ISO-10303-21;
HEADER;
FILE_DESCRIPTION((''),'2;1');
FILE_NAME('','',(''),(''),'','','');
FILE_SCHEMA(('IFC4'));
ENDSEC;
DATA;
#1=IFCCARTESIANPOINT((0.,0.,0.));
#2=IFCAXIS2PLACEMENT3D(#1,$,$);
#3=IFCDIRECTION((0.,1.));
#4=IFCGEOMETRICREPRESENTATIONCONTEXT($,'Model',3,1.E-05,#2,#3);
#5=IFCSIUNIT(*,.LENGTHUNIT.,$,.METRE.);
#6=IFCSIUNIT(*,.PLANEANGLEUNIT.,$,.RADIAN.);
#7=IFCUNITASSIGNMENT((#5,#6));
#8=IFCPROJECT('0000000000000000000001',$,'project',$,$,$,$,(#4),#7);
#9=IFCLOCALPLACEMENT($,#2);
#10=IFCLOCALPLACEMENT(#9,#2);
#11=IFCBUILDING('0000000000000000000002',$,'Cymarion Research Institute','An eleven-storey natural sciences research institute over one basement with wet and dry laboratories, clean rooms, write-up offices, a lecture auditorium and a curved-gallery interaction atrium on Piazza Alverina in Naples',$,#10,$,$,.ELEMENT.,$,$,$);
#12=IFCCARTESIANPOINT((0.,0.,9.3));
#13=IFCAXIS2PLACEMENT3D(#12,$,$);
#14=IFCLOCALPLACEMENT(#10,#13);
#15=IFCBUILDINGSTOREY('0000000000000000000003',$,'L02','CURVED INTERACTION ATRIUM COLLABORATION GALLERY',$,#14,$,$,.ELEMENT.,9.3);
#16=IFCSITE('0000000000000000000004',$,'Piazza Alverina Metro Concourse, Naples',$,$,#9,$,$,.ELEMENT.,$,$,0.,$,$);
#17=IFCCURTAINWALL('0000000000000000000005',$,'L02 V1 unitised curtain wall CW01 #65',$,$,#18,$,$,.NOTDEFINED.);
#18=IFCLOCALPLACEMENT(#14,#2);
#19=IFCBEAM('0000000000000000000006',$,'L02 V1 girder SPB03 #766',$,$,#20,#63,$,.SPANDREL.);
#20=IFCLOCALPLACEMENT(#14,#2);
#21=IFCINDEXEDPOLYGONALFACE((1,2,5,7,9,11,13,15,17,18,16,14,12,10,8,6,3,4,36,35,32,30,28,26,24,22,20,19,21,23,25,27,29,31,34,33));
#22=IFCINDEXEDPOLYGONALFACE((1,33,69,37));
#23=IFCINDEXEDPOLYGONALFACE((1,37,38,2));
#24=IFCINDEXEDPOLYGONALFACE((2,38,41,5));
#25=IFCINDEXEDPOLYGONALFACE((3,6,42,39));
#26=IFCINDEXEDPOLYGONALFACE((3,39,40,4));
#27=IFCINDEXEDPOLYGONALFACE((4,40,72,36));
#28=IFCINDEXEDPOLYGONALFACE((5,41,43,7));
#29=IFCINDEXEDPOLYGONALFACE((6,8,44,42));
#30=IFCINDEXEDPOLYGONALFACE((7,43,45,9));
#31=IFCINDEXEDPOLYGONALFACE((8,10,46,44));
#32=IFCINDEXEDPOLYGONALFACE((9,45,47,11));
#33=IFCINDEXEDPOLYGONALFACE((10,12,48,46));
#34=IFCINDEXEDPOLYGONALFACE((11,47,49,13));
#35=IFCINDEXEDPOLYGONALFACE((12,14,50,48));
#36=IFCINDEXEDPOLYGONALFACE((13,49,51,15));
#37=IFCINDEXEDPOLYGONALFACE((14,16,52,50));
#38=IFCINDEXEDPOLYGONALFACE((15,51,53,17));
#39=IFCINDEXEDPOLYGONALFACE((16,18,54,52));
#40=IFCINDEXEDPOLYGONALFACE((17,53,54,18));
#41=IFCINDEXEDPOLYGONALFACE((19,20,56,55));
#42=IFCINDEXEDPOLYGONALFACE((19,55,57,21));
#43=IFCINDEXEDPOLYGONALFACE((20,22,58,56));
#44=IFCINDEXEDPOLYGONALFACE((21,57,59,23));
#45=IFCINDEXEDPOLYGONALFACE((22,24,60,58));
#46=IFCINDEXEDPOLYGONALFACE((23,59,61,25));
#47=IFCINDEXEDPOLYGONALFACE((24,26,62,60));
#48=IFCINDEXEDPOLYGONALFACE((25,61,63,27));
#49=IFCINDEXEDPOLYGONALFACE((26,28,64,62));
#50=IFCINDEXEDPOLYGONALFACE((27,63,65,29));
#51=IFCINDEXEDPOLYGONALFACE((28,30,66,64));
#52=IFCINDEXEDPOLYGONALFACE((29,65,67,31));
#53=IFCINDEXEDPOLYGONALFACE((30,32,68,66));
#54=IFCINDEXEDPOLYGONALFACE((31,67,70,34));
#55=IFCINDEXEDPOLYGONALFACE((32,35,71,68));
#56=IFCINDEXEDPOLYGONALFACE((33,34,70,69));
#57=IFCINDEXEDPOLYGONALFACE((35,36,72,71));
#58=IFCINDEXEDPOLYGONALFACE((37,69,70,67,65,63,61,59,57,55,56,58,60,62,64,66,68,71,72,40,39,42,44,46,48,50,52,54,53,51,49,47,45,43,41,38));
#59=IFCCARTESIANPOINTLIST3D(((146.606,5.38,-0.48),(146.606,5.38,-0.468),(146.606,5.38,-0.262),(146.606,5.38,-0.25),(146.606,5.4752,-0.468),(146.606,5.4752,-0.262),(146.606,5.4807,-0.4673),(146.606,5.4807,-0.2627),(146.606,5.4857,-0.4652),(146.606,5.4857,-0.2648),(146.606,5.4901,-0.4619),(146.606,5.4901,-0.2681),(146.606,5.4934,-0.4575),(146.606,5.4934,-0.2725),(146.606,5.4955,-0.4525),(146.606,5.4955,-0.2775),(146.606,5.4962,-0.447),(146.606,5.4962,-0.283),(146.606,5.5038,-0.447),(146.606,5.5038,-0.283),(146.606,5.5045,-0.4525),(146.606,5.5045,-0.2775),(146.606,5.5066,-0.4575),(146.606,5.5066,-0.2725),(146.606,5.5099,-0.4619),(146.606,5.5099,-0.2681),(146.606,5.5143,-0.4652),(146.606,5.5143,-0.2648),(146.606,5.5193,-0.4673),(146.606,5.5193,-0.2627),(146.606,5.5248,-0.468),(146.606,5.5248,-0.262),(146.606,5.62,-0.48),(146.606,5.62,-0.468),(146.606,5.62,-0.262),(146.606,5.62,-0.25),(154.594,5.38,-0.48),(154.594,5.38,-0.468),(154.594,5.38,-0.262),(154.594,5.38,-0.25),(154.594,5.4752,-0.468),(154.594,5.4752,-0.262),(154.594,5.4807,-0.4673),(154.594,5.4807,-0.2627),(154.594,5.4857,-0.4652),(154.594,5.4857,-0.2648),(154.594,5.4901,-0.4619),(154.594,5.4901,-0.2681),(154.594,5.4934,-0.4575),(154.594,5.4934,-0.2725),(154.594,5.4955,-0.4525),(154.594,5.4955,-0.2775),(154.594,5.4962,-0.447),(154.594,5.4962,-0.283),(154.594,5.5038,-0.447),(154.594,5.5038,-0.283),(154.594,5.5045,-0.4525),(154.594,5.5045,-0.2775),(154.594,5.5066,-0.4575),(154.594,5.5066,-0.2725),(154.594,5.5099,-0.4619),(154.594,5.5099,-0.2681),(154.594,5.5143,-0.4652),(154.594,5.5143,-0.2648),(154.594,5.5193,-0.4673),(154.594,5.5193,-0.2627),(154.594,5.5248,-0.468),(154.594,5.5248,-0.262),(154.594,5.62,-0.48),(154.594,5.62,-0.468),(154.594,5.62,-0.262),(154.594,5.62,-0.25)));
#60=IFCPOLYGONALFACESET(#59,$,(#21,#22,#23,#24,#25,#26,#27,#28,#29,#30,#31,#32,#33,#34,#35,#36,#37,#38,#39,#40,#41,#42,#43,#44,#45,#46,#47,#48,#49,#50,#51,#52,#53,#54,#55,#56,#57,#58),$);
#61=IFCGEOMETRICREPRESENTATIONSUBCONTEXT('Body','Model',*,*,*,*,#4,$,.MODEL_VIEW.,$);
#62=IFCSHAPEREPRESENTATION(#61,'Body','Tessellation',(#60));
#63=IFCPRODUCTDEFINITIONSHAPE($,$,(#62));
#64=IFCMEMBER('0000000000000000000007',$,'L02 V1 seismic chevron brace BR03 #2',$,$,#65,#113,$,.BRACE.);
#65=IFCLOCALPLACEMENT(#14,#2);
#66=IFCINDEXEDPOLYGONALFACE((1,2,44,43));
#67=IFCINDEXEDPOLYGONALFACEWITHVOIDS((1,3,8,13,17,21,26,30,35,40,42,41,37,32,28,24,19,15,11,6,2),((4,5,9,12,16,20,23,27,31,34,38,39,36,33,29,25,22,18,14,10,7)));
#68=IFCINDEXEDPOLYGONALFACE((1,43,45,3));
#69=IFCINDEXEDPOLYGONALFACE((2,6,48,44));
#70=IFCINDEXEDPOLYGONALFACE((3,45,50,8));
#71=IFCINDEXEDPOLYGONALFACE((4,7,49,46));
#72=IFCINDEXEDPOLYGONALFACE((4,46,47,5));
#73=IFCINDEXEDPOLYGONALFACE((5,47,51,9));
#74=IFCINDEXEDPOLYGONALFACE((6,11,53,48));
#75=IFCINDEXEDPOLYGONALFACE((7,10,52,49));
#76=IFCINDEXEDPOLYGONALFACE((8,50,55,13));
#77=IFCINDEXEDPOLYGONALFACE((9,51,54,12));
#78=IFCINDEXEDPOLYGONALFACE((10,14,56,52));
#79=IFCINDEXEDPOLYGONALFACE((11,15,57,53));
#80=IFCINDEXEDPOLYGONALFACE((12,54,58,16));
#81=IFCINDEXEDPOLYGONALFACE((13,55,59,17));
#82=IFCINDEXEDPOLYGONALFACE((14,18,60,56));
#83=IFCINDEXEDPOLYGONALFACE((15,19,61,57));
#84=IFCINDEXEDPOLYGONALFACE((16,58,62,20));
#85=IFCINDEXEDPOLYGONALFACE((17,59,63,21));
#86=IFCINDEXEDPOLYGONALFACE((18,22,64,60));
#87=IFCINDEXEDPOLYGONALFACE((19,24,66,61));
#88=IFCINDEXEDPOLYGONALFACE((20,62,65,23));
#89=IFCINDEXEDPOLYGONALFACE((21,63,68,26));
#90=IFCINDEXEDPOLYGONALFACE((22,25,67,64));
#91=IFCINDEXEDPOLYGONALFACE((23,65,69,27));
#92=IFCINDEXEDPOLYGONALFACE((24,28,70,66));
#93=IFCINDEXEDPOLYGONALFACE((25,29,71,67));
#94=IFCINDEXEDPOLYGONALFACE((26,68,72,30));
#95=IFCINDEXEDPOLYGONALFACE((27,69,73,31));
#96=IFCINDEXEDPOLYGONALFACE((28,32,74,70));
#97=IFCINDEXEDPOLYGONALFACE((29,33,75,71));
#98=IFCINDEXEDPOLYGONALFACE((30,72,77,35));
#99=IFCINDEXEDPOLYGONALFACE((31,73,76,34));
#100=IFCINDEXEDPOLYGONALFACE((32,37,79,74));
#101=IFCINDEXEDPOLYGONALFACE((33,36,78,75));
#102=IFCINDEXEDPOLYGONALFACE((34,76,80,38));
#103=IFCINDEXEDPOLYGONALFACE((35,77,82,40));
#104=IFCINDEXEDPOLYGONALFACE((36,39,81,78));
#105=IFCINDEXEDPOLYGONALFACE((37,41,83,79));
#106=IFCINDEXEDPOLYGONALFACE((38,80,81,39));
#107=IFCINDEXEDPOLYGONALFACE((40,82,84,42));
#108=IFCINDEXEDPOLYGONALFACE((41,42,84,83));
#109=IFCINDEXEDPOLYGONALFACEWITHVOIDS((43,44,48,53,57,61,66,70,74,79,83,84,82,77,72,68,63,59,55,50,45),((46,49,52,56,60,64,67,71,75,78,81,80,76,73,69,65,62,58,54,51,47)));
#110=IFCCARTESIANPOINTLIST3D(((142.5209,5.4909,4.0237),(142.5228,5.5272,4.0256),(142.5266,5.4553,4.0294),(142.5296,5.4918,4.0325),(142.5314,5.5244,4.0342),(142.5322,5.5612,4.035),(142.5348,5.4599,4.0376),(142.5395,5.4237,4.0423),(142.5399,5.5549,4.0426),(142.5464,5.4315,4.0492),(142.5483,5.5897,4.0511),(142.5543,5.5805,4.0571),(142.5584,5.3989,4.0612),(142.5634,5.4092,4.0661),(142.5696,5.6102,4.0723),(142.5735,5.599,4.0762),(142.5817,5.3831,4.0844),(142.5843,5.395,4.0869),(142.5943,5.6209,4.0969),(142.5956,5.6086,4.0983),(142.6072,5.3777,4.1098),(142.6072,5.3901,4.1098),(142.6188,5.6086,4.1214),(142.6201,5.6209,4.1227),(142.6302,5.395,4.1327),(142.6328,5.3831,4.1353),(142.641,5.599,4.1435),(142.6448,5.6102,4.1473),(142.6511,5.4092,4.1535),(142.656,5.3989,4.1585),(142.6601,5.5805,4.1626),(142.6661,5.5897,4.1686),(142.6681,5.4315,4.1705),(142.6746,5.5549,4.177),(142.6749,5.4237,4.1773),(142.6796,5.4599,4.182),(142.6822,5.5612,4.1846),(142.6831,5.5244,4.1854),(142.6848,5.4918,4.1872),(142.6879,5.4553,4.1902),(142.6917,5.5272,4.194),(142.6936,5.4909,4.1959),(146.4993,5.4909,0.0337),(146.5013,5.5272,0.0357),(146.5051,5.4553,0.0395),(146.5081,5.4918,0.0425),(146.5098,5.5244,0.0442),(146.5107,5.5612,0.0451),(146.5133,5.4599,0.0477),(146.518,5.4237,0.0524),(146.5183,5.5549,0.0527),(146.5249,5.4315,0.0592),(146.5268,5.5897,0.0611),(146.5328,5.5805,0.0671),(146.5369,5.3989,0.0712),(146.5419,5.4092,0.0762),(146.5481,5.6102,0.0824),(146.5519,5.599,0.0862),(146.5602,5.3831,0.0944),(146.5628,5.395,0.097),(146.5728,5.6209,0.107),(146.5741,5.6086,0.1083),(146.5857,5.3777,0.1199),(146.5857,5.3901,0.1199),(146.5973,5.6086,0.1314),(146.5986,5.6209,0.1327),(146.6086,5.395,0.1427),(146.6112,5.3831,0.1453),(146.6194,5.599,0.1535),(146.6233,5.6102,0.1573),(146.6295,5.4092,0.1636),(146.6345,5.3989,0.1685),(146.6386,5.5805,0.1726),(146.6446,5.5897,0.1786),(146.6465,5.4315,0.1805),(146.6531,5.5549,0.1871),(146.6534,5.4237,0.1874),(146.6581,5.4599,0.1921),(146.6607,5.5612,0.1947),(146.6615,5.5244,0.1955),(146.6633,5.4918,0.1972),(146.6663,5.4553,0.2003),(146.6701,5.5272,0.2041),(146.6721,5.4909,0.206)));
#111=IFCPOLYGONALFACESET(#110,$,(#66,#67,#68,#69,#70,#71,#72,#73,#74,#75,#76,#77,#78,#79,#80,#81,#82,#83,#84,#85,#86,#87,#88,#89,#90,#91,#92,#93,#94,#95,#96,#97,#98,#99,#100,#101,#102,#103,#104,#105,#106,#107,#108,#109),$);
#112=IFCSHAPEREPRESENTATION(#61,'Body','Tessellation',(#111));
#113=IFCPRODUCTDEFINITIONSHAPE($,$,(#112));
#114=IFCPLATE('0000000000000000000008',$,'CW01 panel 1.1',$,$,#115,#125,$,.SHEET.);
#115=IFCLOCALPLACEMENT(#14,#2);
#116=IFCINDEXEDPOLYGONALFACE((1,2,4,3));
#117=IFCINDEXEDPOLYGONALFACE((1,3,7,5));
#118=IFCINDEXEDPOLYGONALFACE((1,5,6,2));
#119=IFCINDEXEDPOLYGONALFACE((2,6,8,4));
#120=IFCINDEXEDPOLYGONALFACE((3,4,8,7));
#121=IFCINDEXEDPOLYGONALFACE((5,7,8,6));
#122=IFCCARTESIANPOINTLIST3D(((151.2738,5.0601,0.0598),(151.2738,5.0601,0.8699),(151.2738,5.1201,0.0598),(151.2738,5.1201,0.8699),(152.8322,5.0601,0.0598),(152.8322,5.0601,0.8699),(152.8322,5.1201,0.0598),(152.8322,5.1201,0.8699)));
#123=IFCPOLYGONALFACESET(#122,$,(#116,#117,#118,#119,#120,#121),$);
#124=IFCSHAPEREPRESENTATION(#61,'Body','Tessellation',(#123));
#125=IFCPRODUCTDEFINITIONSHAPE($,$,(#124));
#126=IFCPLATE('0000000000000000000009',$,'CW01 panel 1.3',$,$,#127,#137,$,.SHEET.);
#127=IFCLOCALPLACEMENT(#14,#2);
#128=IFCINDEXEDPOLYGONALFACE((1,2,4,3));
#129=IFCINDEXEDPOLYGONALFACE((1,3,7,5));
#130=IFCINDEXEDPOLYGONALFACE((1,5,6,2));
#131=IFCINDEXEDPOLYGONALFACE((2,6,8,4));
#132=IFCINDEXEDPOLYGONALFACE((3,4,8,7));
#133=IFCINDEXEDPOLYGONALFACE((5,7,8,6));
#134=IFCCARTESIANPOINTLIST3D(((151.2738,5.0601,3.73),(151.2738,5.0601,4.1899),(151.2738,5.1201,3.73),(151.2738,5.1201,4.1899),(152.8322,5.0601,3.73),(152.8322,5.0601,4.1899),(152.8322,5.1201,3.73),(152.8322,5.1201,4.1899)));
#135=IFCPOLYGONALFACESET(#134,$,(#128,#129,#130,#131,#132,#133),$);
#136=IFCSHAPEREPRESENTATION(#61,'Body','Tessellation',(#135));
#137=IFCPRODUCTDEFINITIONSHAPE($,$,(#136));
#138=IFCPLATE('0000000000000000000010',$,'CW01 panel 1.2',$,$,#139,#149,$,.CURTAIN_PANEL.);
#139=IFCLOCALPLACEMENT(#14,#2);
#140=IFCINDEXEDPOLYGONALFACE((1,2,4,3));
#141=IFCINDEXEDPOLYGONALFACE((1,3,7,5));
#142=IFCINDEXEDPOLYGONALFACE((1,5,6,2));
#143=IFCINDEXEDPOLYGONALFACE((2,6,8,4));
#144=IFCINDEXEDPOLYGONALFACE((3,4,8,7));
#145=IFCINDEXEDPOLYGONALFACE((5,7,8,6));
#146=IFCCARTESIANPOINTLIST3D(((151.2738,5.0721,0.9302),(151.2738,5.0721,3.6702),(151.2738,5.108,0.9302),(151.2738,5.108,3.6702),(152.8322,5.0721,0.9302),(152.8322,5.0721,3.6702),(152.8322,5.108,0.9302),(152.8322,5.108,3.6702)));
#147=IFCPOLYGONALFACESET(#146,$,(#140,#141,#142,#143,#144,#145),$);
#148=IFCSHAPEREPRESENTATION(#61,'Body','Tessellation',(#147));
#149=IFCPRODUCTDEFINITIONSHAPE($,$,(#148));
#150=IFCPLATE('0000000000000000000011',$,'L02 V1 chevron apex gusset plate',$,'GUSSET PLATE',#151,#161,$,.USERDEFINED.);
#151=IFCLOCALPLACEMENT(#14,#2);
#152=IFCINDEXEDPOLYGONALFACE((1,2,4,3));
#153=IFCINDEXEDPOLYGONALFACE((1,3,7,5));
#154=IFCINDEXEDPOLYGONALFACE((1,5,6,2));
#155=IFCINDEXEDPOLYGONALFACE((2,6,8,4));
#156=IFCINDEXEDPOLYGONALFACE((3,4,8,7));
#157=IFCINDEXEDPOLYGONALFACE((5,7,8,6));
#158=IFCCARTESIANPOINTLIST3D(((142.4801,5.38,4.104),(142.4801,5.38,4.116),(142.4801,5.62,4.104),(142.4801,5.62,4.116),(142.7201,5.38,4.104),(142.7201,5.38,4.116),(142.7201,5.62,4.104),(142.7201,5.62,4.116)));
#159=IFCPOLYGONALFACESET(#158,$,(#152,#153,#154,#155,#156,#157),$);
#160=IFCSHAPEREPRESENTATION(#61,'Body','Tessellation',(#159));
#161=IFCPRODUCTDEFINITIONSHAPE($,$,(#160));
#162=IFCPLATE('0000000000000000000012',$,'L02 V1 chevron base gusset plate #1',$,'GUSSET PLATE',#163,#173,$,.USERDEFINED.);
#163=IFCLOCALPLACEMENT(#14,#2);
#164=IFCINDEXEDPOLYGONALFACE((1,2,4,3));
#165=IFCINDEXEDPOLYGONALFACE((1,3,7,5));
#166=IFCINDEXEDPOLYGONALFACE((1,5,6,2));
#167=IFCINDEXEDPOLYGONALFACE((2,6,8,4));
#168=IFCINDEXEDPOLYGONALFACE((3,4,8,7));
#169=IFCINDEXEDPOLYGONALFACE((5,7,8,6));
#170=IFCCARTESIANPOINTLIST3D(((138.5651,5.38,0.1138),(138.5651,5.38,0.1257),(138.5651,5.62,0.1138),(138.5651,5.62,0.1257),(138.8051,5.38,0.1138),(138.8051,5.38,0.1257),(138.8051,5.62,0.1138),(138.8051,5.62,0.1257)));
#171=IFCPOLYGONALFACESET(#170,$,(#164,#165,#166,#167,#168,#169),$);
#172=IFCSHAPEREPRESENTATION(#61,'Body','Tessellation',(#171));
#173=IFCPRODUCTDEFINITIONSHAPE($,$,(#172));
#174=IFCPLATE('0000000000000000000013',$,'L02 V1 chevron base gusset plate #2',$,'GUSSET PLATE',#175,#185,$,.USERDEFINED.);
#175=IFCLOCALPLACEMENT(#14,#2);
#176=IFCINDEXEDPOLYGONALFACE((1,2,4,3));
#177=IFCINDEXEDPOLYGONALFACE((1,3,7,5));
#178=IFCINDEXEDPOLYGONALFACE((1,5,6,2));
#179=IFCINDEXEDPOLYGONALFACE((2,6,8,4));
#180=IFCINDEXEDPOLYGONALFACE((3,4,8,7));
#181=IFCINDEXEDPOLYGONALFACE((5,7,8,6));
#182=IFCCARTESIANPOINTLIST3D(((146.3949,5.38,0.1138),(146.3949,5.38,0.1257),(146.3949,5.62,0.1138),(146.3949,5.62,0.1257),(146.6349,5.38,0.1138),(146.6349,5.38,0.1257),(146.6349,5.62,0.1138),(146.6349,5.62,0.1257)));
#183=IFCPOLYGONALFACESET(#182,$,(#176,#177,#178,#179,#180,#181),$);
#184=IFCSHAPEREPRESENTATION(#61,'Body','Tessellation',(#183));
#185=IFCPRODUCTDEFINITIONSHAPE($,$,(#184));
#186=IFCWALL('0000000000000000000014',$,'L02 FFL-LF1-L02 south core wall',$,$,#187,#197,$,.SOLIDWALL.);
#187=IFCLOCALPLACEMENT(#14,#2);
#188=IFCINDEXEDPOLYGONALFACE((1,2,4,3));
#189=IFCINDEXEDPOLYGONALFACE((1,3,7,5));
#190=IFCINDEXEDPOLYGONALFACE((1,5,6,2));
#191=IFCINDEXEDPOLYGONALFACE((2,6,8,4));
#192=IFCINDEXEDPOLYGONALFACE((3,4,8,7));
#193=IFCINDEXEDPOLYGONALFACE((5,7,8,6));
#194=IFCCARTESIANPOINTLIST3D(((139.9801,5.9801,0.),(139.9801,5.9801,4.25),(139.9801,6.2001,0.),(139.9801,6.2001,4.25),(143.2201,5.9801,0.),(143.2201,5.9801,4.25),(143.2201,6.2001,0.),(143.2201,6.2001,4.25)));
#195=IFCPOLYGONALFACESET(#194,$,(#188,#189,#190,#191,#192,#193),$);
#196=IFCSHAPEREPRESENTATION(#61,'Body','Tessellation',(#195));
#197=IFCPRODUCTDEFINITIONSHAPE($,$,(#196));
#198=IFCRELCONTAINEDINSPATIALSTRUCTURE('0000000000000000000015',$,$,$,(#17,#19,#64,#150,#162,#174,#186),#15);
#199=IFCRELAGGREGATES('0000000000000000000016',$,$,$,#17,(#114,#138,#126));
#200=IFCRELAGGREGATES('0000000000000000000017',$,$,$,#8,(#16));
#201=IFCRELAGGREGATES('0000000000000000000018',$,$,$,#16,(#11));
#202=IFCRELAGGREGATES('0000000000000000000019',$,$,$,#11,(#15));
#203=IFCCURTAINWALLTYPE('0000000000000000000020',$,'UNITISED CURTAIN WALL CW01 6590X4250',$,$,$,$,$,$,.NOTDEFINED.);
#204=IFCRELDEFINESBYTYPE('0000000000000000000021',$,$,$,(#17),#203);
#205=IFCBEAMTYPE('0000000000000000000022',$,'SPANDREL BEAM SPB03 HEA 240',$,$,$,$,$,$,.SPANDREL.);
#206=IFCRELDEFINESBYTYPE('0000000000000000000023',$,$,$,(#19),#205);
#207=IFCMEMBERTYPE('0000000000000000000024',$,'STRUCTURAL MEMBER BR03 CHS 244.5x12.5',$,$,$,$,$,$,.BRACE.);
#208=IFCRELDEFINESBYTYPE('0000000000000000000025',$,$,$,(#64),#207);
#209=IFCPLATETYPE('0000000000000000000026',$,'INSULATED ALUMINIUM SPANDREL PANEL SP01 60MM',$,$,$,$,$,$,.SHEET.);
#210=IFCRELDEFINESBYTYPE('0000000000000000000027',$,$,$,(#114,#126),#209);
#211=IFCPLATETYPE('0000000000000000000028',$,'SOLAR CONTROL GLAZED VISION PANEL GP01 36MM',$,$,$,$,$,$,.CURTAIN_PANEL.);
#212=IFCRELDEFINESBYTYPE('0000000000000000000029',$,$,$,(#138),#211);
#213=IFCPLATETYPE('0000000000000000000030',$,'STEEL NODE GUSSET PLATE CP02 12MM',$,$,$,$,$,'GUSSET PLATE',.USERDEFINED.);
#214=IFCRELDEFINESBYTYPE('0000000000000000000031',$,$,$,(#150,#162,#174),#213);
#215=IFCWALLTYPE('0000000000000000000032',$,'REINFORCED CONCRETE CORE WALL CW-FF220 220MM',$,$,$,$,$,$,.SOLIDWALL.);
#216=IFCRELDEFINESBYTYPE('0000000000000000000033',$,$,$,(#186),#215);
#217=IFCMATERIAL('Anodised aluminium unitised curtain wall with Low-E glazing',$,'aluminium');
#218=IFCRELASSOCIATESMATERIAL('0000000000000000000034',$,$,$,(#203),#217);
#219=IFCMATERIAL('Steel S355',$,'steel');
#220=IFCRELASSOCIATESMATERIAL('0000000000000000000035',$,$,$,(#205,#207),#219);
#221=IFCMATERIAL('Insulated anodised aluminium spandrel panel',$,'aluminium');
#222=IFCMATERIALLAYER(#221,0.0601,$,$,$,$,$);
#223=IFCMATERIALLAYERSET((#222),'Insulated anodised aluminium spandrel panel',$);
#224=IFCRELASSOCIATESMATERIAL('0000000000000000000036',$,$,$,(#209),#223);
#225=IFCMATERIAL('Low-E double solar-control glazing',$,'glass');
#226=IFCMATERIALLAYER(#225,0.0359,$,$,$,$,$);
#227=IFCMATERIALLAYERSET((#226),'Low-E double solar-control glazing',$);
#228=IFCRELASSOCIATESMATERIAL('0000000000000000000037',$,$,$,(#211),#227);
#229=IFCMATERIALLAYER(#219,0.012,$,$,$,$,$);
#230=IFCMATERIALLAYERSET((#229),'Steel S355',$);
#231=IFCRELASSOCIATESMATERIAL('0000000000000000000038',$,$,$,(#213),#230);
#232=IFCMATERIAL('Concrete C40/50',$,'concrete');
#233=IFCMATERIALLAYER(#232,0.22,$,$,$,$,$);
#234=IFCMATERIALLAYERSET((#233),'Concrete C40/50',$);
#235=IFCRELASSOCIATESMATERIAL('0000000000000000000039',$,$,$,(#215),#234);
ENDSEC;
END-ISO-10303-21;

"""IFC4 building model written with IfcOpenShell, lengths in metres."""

from ifc_helpers import new_model, si_unit, direction, frame, frame_2d, origin, origin_2d, place, context, subcontext, project, spatial, rectangle, hollow_circle, i_section, extrude, material, layer, layer_set, material_profile, profile_set, type_object, element, aggregate, save


model = new_model("IFC4")

# Units and contexts
model_context = context("Model", 3, precision=1e-05, world=origin(), true_north=direction((0.0, 1.0)))
body_context = subcontext(model_context, "Body", "Model", "MODEL_VIEW")
ifc_project = project(units=[si_unit("LENGTHUNIT", "METRE"), si_unit("PLANEANGLEUNIT", "RADIAN")], contexts=[model_context])

# Site, building, storey
site_placement = place(None, origin())
site = spatial("IfcSite", under=ifc_project, at=site_placement, Name="Piazza Alverina Metro Concourse, Naples", CompositionType="ELEMENT", RefElevation=0.0)
building_placement = place(site_placement, origin())
building = spatial("IfcBuilding", under=site, at=building_placement, Name="Cymarion Research Institute", Description="An eleven-storey natural sciences research institute over one basement with wet and dry laboratories, clean rooms, write-up offices, a lecture auditorium and a curved-gallery interaction atrium on Piazza Alverina in Naples", CompositionType="ELEMENT")
storey_placement = place(building_placement, frame((0.0, 0.0, 9.3)))
storey = spatial("IfcBuildingStorey", under=building, at=storey_placement, Name="L02", Description="CURVED INTERACTION ATRIUM COLLABORATION GALLERY", CompositionType="ELEMENT", Elevation=9.3)

# Shared definitions
ifc_material_1 = material(Name="Steel S355", Category="steel")

# Shared definitions
ifc_material_2 = material(Name="Concrete C40/50", Category="concrete")

# Curtain wall
ifc_material_3 = material(Name="Anodised aluminium unitised curtain wall with Low-E glazing", Category="aluminium")
curtain_wall_type = type_object("IfcCurtainWallType", Name="UNITISED CURTAIN WALL CW01 6590X4250", PredefinedType="NOTDEFINED", material=ifc_material_3)
curtain_wall_placement = place(storey_placement, origin())
curtain_wall = element("IfcCurtainWall", 1, at=curtain_wall_placement, inside=storey, type_object=curtain_wall_type, Name="L02 V1 unitised curtain wall CW01 #65", PredefinedType="NOTDEFINED")

# Beam
ifc_material_profile_1 = material_profile(ifc_material_1, i_section(OverallWidth=0.24, OverallDepth=0.23, WebThickness=0.0076, FlangeThickness=0.012, FilletRadius=0.021, at=origin_2d()), Name="HEA 240")
ifc_profile_set_1 = profile_set([ifc_material_profile_1], Name="Steel S355")
beam_type_1 = type_object("IfcBeamType", Name="SPANDREL BEAM SPB03 HEA 240", PredefinedType="SPANDREL", material=ifc_profile_set_1)
beam_1_placement = place(storey_placement, frame((146.606, 5.5, -0.365), z_axis=(1.0, 0.0, 0.0), x_axis=(0.0, 1.0, 0.0)))
element("IfcBeam", 2, at=beam_1_placement, inside=storey, type_object=beam_type_1, Name="L02 V1 girder SPB03 #766", PredefinedType="SPANDREL", context=body_context, shape_type="SweptSolid", body=[
    extrude(i_section(OverallWidth=0.24, OverallDepth=0.23, WebThickness=0.0076, FlangeThickness=0.012, FilletRadius=0.021, at=origin_2d()), origin(), (0.0, 0.0, 1.0), 7.988),
])

# Member
ifc_material_profile_2 = material_profile(ifc_material_1, hollow_circle(Radius=0.1223, WallThickness=0.0125, at=origin_2d()), Name="CHS 244.5x12.5")
ifc_profile_set_2 = profile_set([ifc_material_profile_2], Name="Steel S355")
member_type_1 = type_object("IfcMemberType", Name="STRUCTURAL MEMBER BR03 CHS 244.5x12.5", PredefinedType="BRACE", material=ifc_profile_set_2)
member_1_placement = place(storey_placement, frame((146.5857, 5.5, 0.1199), z_axis=(-0.706088, 0.0, 0.708124), x_axis=(0.0, -1.0, 0.0)))
element("IfcMember", 3, at=member_1_placement, inside=storey, type_object=member_type_1, Name="L02 V1 seismic chevron brace BR03 #2", PredefinedType="BRACE", context=body_context, shape_type="SweptSolid", body=[
    extrude(hollow_circle(Radius=0.1223, WallThickness=0.0125, at=origin_2d()), origin(), (0.0, 0.0, 1.0), 5.6345),
])

# Plates
ifc_material_4 = material(Name="Insulated anodised aluminium spandrel panel", Category="aluminium")
ifc_layer_1 = layer(ifc_material_4, 0.0601)
ifc_layer_set_1 = layer_set([ifc_layer_1], Name="Insulated anodised aluminium spandrel panel")
plate_type_1 = type_object("IfcPlateType", Name="INSULATED ALUMINIUM SPANDREL PANEL SP01 60MM", PredefinedType="SHEET", material=ifc_layer_set_1)
plate_1_placement = place(storey_placement, frame((152.053, 5.0901, 0.0598), z_axis=(0.0, 0.0, 1.0), x_axis=(1.0, 0.0, 0.0)))
plate_1 = element("IfcPlate", 4, at=plate_1_placement, type_object=plate_type_1, Name="CW01 panel 1.1", PredefinedType="SHEET", context=body_context, shape_type="SweptSolid", body=[
    extrude(rectangle(XDim=1.5583, YDim=0.0601, at=origin_2d()), origin(), (0.0, 0.0, 1.0), 0.8101),
])
plate_2_placement = place(storey_placement, frame((152.053, 5.0901, 3.73), z_axis=(0.0, 0.0, 1.0), x_axis=(1.0, 0.0, 0.0)))
plate_2 = element("IfcPlate", 5, at=plate_2_placement, type_object=plate_type_1, Name="CW01 panel 1.3", PredefinedType="SHEET", context=body_context, shape_type="SweptSolid", body=[
    extrude(rectangle(XDim=1.5583, YDim=0.0601, at=origin_2d()), origin(), (0.0, 0.0, 1.0), 0.46),
])
ifc_material_5 = material(Name="Low-E double solar-control glazing", Category="glass")
ifc_layer_2 = layer(ifc_material_5, 0.0359)
ifc_layer_set_2 = layer_set([ifc_layer_2], Name="Low-E double solar-control glazing")
plate_type_2 = type_object("IfcPlateType", Name="SOLAR CONTROL GLAZED VISION PANEL GP01 36MM", PredefinedType="CURTAIN_PANEL", material=ifc_layer_set_2)
plate_3_placement = place(storey_placement, frame((152.053, 5.0901, 0.9302), z_axis=(0.0, 0.0, 1.0), x_axis=(1.0, 0.0, 0.0)))
plate_3 = element("IfcPlate", 6, at=plate_3_placement, type_object=plate_type_2, Name="CW01 panel 1.2", PredefinedType="CURTAIN_PANEL", context=body_context, shape_type="SweptSolid", body=[
    extrude(rectangle(XDim=1.5583, YDim=0.0359, at=origin_2d()), origin(), (0.0, 0.0, 1.0), 2.74),
])
aggregate(curtain_wall, [plate_1, plate_3, plate_2])

# Plates
ifc_layer_3 = layer(ifc_material_1, 0.012)
ifc_layer_set_3 = layer_set([ifc_layer_3], Name="Steel S355")
plate_type_3 = type_object("IfcPlateType", Name="STEEL NODE GUSSET PLATE CP02 12MM", ElementType="GUSSET PLATE", PredefinedType="USERDEFINED", material=ifc_layer_set_3)
for number, where, z_axis, x_axis, name in (
    (7, (142.6001, 5.5, 4.104), (0.0, 0.0, 1.0), (1.0, 0.0, 0.0), "L02 V1 chevron apex gusset plate"),
    (8, (138.6851, 5.5, 0.1138), (0.0, 0.0, 1.0), (1.0, 0.0, 0.0), "L02 V1 chevron base gusset plate #1"),
    (9, (146.5149, 5.5, 0.1138), (0.0, 0.0, 1.0), (1.0, 0.0, 0.0), "L02 V1 chevron base gusset plate #2"),
):
    element("IfcPlate", number, at=place(storey_placement, frame(where, z_axis=z_axis, x_axis=x_axis)), inside=storey, type_object=plate_type_3, Name=name, ObjectType="GUSSET PLATE", PredefinedType="USERDEFINED", context=body_context, shape_type="SweptSolid", body=[
        extrude(rectangle(XDim=0.24, YDim=0.24, at=origin_2d()), origin(), (0.0, 0.0, 1.0), 0.012),
    ])

# Wall
ifc_layer_4 = layer(ifc_material_2, 0.22)
ifc_layer_set_4 = layer_set([ifc_layer_4], Name="Concrete C40/50")
wall_type_1 = type_object("IfcWallType", Name="REINFORCED CONCRETE CORE WALL CW-FF220 220MM", PredefinedType="SOLIDWALL", material=ifc_layer_set_4)
wall_1_placement = place(storey_placement, frame((139.98, 6.0901, 0.0), z_axis=(0.0, 0.0, 1.0), x_axis=(1.0, 0.0, 0.0)))
element("IfcWall", 10, at=wall_1_placement, inside=storey, type_object=wall_type_1, Name="L02 FFL-LF1-L02 south core wall", PredefinedType="SOLIDWALL", context=body_context, shape_type="SweptSolid", body=[
    extrude(rectangle(XDim=3.24, YDim=0.22, at=frame_2d((1.6201, 0.0))), origin(), (0.0, 0.0, 1.0), 4.25),
])

save(model, "model.ifc")
